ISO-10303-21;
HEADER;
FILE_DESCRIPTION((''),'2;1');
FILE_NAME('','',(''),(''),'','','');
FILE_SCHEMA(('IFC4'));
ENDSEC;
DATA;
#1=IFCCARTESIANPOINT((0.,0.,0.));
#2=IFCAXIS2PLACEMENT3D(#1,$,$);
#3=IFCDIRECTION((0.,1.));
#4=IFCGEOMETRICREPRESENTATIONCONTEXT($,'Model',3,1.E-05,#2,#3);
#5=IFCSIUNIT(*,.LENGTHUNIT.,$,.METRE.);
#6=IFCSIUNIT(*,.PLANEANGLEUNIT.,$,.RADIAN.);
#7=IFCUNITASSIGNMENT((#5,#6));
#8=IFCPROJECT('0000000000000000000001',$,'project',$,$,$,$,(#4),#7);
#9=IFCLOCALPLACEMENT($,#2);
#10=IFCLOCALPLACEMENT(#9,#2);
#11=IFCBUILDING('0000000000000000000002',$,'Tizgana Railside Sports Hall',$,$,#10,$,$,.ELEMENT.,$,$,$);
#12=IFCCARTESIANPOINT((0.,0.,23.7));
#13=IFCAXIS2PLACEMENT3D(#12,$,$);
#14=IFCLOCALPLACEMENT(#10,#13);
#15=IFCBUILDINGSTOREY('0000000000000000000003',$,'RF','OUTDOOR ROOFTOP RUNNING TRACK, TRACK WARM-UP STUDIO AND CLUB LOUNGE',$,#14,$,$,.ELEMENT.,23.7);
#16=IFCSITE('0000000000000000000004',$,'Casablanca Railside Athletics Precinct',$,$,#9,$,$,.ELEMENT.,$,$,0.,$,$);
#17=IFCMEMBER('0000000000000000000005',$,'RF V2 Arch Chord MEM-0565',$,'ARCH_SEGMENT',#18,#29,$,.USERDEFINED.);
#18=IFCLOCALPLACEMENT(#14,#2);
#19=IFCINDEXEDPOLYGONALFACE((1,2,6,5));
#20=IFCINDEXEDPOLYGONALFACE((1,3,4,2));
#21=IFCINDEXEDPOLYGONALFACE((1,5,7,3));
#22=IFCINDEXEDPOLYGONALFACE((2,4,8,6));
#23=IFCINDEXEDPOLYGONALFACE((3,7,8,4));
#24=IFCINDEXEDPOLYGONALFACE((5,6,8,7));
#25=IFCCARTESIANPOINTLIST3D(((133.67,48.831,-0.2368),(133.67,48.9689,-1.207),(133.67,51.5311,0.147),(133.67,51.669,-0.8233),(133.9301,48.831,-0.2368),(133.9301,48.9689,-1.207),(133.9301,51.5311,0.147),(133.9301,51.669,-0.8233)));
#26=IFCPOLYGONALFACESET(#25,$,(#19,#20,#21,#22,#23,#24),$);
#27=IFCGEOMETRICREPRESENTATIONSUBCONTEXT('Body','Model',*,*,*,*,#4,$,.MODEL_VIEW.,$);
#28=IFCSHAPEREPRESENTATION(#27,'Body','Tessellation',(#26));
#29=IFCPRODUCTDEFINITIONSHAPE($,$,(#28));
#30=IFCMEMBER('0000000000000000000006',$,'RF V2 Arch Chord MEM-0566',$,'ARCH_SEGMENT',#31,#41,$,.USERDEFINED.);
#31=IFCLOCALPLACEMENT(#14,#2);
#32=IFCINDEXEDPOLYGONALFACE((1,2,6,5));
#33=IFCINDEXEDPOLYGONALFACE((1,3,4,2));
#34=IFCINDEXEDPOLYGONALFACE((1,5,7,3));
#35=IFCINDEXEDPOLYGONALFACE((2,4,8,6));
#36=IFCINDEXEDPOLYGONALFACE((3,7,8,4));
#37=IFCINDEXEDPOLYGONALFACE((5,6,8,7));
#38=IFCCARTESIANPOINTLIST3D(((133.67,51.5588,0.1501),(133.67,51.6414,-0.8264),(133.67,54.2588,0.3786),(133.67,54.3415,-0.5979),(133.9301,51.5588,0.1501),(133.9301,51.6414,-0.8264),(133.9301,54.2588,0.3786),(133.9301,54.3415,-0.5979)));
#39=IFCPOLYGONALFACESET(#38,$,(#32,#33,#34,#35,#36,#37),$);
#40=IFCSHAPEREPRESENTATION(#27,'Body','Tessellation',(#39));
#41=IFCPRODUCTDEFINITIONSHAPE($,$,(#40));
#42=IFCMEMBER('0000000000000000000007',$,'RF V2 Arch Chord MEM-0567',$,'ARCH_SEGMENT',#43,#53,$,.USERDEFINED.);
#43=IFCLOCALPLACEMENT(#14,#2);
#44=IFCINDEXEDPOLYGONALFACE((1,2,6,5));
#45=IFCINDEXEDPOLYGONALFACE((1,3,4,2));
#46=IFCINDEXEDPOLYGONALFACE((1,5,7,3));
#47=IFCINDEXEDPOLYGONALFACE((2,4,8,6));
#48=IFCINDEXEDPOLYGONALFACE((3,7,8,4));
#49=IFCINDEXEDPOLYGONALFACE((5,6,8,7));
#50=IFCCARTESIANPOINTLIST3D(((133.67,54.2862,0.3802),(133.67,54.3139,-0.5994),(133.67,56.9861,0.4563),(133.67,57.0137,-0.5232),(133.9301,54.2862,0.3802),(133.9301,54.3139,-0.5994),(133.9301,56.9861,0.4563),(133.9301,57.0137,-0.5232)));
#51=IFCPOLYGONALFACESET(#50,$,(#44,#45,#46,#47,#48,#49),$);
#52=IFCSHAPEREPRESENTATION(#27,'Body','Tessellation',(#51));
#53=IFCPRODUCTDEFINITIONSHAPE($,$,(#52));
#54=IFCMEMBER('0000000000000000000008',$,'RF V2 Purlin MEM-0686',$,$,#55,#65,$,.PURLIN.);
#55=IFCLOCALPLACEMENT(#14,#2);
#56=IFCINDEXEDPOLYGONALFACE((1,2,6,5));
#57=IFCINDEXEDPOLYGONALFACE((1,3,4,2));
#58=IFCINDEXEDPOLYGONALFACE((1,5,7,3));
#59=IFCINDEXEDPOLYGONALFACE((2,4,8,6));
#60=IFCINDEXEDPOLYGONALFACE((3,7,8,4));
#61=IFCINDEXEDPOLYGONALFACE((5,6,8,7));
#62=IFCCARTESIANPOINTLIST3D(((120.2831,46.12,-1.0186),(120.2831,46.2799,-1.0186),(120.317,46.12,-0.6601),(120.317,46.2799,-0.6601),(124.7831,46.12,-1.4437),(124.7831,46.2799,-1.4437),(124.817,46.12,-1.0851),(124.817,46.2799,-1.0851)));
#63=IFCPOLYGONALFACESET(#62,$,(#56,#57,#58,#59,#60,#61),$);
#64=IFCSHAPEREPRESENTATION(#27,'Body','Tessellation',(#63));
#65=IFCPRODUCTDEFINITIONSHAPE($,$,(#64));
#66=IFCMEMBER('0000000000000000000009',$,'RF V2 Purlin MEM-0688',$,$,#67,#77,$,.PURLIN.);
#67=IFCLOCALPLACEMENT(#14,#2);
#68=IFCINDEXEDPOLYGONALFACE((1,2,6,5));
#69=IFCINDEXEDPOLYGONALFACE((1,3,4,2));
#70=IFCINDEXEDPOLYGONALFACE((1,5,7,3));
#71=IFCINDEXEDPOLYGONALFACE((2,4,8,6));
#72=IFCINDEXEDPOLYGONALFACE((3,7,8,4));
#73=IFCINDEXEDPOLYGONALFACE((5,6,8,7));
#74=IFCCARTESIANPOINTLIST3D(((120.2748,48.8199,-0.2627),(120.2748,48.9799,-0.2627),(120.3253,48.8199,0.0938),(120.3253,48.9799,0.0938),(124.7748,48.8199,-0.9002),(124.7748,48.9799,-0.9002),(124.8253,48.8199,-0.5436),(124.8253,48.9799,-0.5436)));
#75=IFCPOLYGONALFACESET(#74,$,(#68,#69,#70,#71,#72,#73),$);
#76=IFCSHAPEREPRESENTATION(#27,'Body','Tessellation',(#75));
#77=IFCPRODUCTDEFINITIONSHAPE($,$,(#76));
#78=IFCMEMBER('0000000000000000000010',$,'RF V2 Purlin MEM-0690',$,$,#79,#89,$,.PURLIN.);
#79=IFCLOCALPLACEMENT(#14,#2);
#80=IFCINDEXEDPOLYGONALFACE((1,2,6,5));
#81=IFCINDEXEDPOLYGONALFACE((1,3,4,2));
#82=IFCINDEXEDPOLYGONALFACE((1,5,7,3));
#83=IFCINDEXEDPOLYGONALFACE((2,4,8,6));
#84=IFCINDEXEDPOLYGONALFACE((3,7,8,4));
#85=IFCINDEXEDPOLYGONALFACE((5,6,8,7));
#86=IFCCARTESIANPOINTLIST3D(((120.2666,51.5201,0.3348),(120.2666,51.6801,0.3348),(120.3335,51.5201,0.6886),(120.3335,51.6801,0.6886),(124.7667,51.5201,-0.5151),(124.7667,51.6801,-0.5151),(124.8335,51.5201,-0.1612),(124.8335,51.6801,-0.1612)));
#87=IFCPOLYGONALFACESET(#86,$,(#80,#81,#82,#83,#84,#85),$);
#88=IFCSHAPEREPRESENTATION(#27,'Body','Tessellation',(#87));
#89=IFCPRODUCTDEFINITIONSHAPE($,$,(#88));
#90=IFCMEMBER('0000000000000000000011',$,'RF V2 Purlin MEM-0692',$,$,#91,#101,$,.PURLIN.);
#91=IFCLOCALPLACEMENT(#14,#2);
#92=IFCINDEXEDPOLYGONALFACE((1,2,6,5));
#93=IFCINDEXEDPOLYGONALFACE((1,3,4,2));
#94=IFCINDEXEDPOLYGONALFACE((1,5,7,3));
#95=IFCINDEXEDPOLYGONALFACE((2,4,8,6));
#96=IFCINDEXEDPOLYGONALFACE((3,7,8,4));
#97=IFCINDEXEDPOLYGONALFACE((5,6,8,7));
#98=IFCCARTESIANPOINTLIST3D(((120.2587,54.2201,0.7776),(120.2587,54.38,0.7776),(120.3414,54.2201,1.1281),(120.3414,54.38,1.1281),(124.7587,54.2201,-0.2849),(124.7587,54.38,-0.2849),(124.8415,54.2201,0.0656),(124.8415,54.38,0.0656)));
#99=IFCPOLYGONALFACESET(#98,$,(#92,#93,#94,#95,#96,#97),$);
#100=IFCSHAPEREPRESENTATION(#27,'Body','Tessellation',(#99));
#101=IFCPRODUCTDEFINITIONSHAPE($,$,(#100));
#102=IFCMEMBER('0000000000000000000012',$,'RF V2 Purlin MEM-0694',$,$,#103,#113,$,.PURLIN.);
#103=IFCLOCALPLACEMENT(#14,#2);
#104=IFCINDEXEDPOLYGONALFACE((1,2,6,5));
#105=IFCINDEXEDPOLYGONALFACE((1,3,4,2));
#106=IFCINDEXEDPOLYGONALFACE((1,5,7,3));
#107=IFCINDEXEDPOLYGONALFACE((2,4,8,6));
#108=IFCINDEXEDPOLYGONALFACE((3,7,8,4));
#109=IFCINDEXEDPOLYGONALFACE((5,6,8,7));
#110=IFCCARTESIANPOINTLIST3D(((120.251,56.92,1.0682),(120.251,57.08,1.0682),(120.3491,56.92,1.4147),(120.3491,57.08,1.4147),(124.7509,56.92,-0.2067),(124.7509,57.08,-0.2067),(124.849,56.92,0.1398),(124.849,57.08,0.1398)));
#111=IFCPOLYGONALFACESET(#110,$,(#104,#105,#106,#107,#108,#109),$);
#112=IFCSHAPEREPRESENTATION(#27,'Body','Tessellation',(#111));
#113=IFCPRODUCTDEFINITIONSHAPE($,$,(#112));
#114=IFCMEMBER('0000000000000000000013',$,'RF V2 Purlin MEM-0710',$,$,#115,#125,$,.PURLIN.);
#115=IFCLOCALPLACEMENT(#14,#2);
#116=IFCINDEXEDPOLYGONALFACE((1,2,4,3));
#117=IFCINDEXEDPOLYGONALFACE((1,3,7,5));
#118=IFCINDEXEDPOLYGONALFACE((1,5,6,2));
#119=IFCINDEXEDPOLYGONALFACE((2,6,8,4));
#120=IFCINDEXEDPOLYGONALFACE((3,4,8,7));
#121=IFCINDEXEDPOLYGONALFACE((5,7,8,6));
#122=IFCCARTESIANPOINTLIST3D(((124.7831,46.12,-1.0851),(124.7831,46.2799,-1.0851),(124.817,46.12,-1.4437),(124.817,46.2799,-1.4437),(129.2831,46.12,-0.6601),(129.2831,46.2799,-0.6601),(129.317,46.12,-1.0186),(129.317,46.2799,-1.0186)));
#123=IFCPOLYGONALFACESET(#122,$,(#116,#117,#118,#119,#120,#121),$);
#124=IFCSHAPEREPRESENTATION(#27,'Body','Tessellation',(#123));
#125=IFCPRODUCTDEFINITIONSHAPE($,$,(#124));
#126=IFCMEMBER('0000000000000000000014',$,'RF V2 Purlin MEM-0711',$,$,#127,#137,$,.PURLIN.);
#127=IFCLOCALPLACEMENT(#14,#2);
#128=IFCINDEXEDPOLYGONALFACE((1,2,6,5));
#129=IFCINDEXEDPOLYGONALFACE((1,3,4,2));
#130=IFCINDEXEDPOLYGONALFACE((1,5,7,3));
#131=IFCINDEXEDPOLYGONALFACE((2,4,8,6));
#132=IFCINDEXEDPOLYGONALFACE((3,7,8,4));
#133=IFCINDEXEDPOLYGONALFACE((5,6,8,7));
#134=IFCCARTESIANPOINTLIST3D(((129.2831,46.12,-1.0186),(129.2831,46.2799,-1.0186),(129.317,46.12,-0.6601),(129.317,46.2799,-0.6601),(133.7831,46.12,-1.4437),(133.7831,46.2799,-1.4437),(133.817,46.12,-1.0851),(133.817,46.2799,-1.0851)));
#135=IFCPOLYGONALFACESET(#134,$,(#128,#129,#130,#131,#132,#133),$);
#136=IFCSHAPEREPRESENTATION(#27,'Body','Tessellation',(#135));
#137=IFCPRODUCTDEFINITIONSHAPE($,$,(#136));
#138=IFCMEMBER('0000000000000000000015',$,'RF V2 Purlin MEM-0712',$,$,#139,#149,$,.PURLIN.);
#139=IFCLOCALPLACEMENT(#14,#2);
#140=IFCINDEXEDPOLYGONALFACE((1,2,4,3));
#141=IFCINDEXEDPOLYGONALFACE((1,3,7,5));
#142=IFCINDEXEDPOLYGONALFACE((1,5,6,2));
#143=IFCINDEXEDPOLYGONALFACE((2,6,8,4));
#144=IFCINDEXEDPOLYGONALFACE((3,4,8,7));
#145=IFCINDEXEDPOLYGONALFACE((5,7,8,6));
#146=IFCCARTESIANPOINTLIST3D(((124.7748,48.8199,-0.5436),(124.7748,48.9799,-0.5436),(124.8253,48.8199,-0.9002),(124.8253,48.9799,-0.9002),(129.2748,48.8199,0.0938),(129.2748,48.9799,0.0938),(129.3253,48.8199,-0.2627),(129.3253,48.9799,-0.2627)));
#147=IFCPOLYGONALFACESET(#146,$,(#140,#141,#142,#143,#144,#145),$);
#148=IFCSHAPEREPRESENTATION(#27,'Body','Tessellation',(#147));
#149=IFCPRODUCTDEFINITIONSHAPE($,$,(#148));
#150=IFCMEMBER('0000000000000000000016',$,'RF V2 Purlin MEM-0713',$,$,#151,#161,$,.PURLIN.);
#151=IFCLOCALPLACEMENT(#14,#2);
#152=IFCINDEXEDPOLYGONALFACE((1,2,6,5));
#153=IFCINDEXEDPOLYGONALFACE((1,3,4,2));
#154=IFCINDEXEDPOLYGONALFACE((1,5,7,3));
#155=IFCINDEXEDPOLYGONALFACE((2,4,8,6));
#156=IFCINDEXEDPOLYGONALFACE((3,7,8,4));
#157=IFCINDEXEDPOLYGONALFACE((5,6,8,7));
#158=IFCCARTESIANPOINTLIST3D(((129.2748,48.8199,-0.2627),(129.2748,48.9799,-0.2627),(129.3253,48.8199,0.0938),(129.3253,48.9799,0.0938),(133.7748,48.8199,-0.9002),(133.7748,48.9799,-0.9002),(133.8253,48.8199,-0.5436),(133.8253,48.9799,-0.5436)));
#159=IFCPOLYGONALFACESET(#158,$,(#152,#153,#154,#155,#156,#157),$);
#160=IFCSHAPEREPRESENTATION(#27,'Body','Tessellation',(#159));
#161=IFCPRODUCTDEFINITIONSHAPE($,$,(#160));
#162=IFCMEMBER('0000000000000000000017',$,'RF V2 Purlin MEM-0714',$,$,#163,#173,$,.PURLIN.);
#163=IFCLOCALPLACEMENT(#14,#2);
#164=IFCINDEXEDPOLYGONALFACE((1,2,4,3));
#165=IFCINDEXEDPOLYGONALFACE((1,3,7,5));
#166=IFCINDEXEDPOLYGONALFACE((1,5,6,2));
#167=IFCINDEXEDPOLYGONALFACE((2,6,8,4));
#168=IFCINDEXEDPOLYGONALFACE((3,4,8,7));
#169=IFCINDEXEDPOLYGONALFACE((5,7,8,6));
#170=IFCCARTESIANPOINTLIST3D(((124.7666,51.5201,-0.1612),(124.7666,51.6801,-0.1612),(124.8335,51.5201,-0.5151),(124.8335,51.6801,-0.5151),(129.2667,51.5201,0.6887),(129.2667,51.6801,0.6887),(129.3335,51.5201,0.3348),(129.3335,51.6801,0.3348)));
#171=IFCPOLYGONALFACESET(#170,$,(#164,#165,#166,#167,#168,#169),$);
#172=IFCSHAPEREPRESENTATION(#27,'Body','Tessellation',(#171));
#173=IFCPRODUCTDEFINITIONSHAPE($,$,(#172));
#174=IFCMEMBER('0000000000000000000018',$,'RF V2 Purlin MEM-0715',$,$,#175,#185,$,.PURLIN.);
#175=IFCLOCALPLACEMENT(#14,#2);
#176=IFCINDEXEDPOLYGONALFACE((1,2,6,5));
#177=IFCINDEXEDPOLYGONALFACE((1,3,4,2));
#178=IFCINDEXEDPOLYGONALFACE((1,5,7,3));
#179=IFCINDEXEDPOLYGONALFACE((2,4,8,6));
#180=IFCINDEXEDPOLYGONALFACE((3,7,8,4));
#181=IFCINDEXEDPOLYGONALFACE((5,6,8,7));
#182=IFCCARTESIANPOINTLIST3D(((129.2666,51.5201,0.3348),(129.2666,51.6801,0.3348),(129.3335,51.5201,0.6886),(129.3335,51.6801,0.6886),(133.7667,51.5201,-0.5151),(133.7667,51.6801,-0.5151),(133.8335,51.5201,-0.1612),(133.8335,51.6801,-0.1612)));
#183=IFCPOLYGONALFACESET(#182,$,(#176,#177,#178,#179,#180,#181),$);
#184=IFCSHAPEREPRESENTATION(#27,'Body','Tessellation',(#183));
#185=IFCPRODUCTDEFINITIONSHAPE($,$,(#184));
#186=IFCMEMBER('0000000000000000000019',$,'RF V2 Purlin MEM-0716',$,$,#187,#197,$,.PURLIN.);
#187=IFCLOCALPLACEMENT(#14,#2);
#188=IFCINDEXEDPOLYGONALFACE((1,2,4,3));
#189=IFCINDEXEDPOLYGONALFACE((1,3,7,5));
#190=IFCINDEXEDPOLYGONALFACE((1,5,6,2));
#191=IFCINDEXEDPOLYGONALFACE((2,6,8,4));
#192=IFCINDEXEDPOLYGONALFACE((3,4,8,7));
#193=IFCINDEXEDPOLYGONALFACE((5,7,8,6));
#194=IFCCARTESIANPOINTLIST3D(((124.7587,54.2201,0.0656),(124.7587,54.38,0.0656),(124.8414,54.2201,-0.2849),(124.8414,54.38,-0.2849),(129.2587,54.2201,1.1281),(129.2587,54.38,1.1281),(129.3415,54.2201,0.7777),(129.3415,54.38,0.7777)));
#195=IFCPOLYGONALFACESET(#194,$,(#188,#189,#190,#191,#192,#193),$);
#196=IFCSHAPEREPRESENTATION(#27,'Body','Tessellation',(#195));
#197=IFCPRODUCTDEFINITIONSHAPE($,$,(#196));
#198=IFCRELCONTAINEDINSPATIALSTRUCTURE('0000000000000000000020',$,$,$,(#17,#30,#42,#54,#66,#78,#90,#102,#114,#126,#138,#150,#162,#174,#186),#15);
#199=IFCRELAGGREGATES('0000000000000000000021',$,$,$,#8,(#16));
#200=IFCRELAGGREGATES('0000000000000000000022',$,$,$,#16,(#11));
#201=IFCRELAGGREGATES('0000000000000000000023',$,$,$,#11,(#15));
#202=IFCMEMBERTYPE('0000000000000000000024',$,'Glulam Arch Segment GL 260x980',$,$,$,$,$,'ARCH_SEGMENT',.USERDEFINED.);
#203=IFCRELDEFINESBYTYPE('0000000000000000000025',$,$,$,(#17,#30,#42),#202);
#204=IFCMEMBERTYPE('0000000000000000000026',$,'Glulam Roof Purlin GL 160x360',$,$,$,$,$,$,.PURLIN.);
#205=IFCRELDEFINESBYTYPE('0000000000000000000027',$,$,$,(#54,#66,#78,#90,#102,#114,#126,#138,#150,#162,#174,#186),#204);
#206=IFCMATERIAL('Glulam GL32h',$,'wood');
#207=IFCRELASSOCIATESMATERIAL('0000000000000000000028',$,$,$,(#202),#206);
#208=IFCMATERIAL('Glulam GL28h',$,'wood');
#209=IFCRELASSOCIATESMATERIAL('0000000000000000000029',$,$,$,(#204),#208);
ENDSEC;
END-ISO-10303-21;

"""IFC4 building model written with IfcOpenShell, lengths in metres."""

from ifc_helpers import new_model, si_unit, direction, frame, origin, origin_2d, place, context, subcontext, project, spatial, rectangle, extrude, material, material_profile, profile_set, type_object, element, save


model = new_model("IFC4")

# Units and contexts
model_context = context("Model", 3, precision=1e-05, world=origin(), true_north=direction((0.0, 1.0)))
body_context = subcontext(model_context, "Body", "Model", "MODEL_VIEW")
ifc_project = project(units=[si_unit("LENGTHUNIT", "METRE"), si_unit("PLANEANGLEUNIT", "RADIAN")], contexts=[model_context])

# Site, building, storey
site_placement = place(None, origin())
site = spatial("IfcSite", under=ifc_project, at=site_placement, Name="Casablanca Railside Athletics Precinct", CompositionType="ELEMENT", RefElevation=0.0)
building_placement = place(site_placement, origin())
building = spatial("IfcBuilding", under=site, at=building_placement, Name="Tizgana Railside Sports Hall", CompositionType="ELEMENT")
storey_placement = place(building_placement, frame((0.0, 0.0, 23.7)))
storey = spatial("IfcBuildingStorey", under=building, at=storey_placement, Name="RF", Description="OUTDOOR ROOFTOP RUNNING TRACK, TRACK WARM-UP STUDIO AND CLUB LOUNGE", CompositionType="ELEMENT", Elevation=23.7)

# Members
ifc_material_1 = material(Name="Glulam GL32h", Category="wood")
ifc_material_profile_1 = material_profile(ifc_material_1, rectangle(XDim=0.26, YDim=0.98, at=origin_2d()), Name="GL 260x980")
ifc_profile_set_1 = profile_set([ifc_material_profile_1], Name="Glulam GL32h")
member_type_1 = type_object("IfcMemberType", Name="Glulam Arch Segment GL 260x980", ElementType="ARCH_SEGMENT", PredefinedType="USERDEFINED", material=ifc_profile_set_1)
member_1_placement = place(storey_placement, frame((133.8, 48.8999, -0.7219), z_axis=(0.0, 0.99005, 0.14072), x_axis=(-1.0, 0.0, 0.0)))
element("IfcMember", 1, at=member_1_placement, inside=storey, type_object=member_type_1, Name="RF V2 Arch Chord MEM-0565", ObjectType="ARCH_SEGMENT", PredefinedType="USERDEFINED", context=body_context, shape_type="SweptSolid", body=[
    extrude(rectangle(XDim=0.26, YDim=0.98, at=origin_2d()), origin(), (0.0, 0.0, 1.0), 2.7273),
])
member_2_placement = place(storey_placement, frame((133.8, 51.6001, -0.3381), z_axis=(0.0, 0.996437, 0.084335), x_axis=(-1.0, 0.0, 0.0)))
element("IfcMember", 2, at=member_2_placement, inside=storey, type_object=member_type_1, Name="RF V2 Arch Chord MEM-0566", ObjectType="ARCH_SEGMENT", PredefinedType="USERDEFINED", context=body_context, shape_type="SweptSolid", body=[
    extrude(rectangle(XDim=0.26, YDim=0.98, at=origin_2d()), origin(), (0.0, 0.0, 1.0), 2.7097),
])
member_3_placement = place(storey_placement, frame((133.8, 54.3, -0.1096), z_axis=(0.0, 0.999602, 0.028201), x_axis=(-1.0, 0.0, 0.0)))
element("IfcMember", 3, at=member_3_placement, inside=storey, type_object=member_type_1, Name="RF V2 Arch Chord MEM-0567", ObjectType="ARCH_SEGMENT", PredefinedType="USERDEFINED", context=body_context, shape_type="SweptSolid", body=[
    extrude(rectangle(XDim=0.26, YDim=0.98, at=origin_2d()), origin(), (0.0, 0.0, 1.0), 2.7009),
])
ifc_material_2 = material(Name="Glulam GL28h", Category="wood")
ifc_material_profile_2 = material_profile(ifc_material_2, rectangle(XDim=0.1599, YDim=0.3601, at=origin_2d()), Name="GL 160x360")
ifc_profile_set_2 = profile_set([ifc_material_profile_2], Name="Glulam GL28h")
member_type_2 = type_object("IfcMemberType", Name="Glulam Roof Purlin GL 160x360", PredefinedType="PURLIN", material=ifc_profile_set_2)
member_4_placement = place(storey_placement, frame((120.3, 46.2, -0.8394), z_axis=(0.995569, 0.0, -0.094037), x_axis=(0.0, 1.0, 0.0)))
element("IfcMember", 4, at=member_4_placement, inside=storey, type_object=member_type_2, Name="RF V2 Purlin MEM-0686", PredefinedType="PURLIN", context=body_context, shape_type="SweptSolid", body=[
    extrude(rectangle(XDim=0.1599, YDim=0.3601, at=origin_2d()), origin(), (0.0, 0.0, 1.0), 4.52),
])
member_5_placement = place(storey_placement, frame((120.3, 48.8999, -0.0845), z_axis=(0.990115, 0.0, -0.140256), x_axis=(0.0, 1.0, 0.0)))
element("IfcMember", 5, at=member_5_placement, inside=storey, type_object=member_type_2, Name="RF V2 Purlin MEM-0688", PredefinedType="PURLIN", context=body_context, shape_type="SweptSolid", body=[
    extrude(rectangle(XDim=0.1599, YDim=0.3601, at=origin_2d()), origin(), (0.0, 0.0, 1.0), 4.5449),
])
member_6_placement = place(storey_placement, frame((120.3, 51.6001, 0.5117), z_axis=(0.98263, 0.0, -0.185576), x_axis=(0.0, 1.0, 0.0)))
element("IfcMember", 6, at=member_6_placement, inside=storey, type_object=member_type_2, Name="RF V2 Purlin MEM-0690", PredefinedType="PURLIN", context=body_context, shape_type="SweptSolid", body=[
    extrude(rectangle(XDim=0.1599, YDim=0.3601, at=origin_2d()), origin(), (0.0, 0.0, 1.0), 4.5796),
])
member_7_placement = place(storey_placement, frame((120.3, 54.3, 0.9529), z_axis=(0.97324, 0.0, -0.229793), x_axis=(0.0, 1.0, 0.0)))
element("IfcMember", 7, at=member_7_placement, inside=storey, type_object=member_type_2, Name="RF V2 Purlin MEM-0692", PredefinedType="PURLIN", context=body_context, shape_type="SweptSolid", body=[
    extrude(rectangle(XDim=0.1599, YDim=0.3601, at=origin_2d()), origin(), (0.0, 0.0, 1.0), 4.6238),
])
member_8_placement = place(storey_placement, frame((120.3, 57.0, 1.2415), z_axis=(0.962132, 0.0, -0.272583), x_axis=(0.0, 1.0, 0.0)))
element("IfcMember", 8, at=member_8_placement, inside=storey, type_object=member_type_2, Name="RF V2 Purlin MEM-0694", PredefinedType="PURLIN", context=body_context, shape_type="SweptSolid", body=[
    extrude(rectangle(XDim=0.1599, YDim=0.3601, at=origin_2d()), origin(), (0.0, 0.0, 1.0), 4.677),
])
for number, where, z_axis, x_axis, name in (
    (9, (124.8, 46.2, -1.2644), (0.995569, 0.0, 0.094037), (0.0, 1.0, 0.0), "RF V2 Purlin MEM-0710"),
    (10, (129.3, 46.2, -0.8394), (0.995569, 0.0, -0.094037), (0.0, 1.0, 0.0), "RF V2 Purlin MEM-0711"),
):
    element("IfcMember", number, at=place(storey_placement, frame(where, z_axis=z_axis, x_axis=x_axis)), inside=storey, type_object=member_type_2, Name=name, PredefinedType="PURLIN", context=body_context, shape_type="SweptSolid", body=[
        extrude(rectangle(XDim=0.1599, YDim=0.3601, at=origin_2d()), origin(), (0.0, 0.0, 1.0), 4.52),
    ])
for number, where, z_axis, x_axis, name in (
    (11, (124.8, 48.8999, -0.7219), (0.990115, 0.0, 0.140256), (0.0, 1.0, 0.0), "RF V2 Purlin MEM-0712"),
    (12, (129.3, 48.8999, -0.0845), (0.990115, 0.0, -0.140256), (0.0, 1.0, 0.0), "RF V2 Purlin MEM-0713"),
):
    element("IfcMember", number, at=place(storey_placement, frame(where, z_axis=z_axis, x_axis=x_axis)), inside=storey, type_object=member_type_2, Name=name, PredefinedType="PURLIN", context=body_context, shape_type="SweptSolid", body=[
        extrude(rectangle(XDim=0.1599, YDim=0.3601, at=origin_2d()), origin(), (0.0, 0.0, 1.0), 4.5449),
    ])
for number, where, z_axis, x_axis, name in (
    (13, (124.8, 51.6001, -0.3381), (0.98263, 0.0, 0.185576), (0.0, 1.0, 0.0), "RF V2 Purlin MEM-0714"),
    (14, (129.3, 51.6001, 0.5117), (0.98263, 0.0, -0.185576), (0.0, 1.0, 0.0), "RF V2 Purlin MEM-0715"),
):
    element("IfcMember", number, at=place(storey_placement, frame(where, z_axis=z_axis, x_axis=x_axis)), inside=storey, type_object=member_type_2, Name=name, PredefinedType="PURLIN", context=body_context, shape_type="SweptSolid", body=[
        extrude(rectangle(XDim=0.1599, YDim=0.3601, at=origin_2d()), origin(), (0.0, 0.0, 1.0), 4.5796),
    ])
for number, where, z_axis, x_axis, name in (
    (15, (124.8, 54.3, -0.1096), (0.97324, 0.0, 0.229793), (0.0, 1.0, 0.0), "RF V2 Purlin MEM-0716"),
):
    element("IfcMember", number, at=place(storey_placement, frame(where, z_axis=z_axis, x_axis=x_axis)), inside=storey, type_object=member_type_2, Name=name, PredefinedType="PURLIN", context=body_context, shape_type="SweptSolid", body=[
        extrude(rectangle(XDim=0.1599, YDim=0.3601, at=origin_2d()), origin(), (0.0, 0.0, 1.0), 4.6238),
    ])

save(model, "model.ifc")
